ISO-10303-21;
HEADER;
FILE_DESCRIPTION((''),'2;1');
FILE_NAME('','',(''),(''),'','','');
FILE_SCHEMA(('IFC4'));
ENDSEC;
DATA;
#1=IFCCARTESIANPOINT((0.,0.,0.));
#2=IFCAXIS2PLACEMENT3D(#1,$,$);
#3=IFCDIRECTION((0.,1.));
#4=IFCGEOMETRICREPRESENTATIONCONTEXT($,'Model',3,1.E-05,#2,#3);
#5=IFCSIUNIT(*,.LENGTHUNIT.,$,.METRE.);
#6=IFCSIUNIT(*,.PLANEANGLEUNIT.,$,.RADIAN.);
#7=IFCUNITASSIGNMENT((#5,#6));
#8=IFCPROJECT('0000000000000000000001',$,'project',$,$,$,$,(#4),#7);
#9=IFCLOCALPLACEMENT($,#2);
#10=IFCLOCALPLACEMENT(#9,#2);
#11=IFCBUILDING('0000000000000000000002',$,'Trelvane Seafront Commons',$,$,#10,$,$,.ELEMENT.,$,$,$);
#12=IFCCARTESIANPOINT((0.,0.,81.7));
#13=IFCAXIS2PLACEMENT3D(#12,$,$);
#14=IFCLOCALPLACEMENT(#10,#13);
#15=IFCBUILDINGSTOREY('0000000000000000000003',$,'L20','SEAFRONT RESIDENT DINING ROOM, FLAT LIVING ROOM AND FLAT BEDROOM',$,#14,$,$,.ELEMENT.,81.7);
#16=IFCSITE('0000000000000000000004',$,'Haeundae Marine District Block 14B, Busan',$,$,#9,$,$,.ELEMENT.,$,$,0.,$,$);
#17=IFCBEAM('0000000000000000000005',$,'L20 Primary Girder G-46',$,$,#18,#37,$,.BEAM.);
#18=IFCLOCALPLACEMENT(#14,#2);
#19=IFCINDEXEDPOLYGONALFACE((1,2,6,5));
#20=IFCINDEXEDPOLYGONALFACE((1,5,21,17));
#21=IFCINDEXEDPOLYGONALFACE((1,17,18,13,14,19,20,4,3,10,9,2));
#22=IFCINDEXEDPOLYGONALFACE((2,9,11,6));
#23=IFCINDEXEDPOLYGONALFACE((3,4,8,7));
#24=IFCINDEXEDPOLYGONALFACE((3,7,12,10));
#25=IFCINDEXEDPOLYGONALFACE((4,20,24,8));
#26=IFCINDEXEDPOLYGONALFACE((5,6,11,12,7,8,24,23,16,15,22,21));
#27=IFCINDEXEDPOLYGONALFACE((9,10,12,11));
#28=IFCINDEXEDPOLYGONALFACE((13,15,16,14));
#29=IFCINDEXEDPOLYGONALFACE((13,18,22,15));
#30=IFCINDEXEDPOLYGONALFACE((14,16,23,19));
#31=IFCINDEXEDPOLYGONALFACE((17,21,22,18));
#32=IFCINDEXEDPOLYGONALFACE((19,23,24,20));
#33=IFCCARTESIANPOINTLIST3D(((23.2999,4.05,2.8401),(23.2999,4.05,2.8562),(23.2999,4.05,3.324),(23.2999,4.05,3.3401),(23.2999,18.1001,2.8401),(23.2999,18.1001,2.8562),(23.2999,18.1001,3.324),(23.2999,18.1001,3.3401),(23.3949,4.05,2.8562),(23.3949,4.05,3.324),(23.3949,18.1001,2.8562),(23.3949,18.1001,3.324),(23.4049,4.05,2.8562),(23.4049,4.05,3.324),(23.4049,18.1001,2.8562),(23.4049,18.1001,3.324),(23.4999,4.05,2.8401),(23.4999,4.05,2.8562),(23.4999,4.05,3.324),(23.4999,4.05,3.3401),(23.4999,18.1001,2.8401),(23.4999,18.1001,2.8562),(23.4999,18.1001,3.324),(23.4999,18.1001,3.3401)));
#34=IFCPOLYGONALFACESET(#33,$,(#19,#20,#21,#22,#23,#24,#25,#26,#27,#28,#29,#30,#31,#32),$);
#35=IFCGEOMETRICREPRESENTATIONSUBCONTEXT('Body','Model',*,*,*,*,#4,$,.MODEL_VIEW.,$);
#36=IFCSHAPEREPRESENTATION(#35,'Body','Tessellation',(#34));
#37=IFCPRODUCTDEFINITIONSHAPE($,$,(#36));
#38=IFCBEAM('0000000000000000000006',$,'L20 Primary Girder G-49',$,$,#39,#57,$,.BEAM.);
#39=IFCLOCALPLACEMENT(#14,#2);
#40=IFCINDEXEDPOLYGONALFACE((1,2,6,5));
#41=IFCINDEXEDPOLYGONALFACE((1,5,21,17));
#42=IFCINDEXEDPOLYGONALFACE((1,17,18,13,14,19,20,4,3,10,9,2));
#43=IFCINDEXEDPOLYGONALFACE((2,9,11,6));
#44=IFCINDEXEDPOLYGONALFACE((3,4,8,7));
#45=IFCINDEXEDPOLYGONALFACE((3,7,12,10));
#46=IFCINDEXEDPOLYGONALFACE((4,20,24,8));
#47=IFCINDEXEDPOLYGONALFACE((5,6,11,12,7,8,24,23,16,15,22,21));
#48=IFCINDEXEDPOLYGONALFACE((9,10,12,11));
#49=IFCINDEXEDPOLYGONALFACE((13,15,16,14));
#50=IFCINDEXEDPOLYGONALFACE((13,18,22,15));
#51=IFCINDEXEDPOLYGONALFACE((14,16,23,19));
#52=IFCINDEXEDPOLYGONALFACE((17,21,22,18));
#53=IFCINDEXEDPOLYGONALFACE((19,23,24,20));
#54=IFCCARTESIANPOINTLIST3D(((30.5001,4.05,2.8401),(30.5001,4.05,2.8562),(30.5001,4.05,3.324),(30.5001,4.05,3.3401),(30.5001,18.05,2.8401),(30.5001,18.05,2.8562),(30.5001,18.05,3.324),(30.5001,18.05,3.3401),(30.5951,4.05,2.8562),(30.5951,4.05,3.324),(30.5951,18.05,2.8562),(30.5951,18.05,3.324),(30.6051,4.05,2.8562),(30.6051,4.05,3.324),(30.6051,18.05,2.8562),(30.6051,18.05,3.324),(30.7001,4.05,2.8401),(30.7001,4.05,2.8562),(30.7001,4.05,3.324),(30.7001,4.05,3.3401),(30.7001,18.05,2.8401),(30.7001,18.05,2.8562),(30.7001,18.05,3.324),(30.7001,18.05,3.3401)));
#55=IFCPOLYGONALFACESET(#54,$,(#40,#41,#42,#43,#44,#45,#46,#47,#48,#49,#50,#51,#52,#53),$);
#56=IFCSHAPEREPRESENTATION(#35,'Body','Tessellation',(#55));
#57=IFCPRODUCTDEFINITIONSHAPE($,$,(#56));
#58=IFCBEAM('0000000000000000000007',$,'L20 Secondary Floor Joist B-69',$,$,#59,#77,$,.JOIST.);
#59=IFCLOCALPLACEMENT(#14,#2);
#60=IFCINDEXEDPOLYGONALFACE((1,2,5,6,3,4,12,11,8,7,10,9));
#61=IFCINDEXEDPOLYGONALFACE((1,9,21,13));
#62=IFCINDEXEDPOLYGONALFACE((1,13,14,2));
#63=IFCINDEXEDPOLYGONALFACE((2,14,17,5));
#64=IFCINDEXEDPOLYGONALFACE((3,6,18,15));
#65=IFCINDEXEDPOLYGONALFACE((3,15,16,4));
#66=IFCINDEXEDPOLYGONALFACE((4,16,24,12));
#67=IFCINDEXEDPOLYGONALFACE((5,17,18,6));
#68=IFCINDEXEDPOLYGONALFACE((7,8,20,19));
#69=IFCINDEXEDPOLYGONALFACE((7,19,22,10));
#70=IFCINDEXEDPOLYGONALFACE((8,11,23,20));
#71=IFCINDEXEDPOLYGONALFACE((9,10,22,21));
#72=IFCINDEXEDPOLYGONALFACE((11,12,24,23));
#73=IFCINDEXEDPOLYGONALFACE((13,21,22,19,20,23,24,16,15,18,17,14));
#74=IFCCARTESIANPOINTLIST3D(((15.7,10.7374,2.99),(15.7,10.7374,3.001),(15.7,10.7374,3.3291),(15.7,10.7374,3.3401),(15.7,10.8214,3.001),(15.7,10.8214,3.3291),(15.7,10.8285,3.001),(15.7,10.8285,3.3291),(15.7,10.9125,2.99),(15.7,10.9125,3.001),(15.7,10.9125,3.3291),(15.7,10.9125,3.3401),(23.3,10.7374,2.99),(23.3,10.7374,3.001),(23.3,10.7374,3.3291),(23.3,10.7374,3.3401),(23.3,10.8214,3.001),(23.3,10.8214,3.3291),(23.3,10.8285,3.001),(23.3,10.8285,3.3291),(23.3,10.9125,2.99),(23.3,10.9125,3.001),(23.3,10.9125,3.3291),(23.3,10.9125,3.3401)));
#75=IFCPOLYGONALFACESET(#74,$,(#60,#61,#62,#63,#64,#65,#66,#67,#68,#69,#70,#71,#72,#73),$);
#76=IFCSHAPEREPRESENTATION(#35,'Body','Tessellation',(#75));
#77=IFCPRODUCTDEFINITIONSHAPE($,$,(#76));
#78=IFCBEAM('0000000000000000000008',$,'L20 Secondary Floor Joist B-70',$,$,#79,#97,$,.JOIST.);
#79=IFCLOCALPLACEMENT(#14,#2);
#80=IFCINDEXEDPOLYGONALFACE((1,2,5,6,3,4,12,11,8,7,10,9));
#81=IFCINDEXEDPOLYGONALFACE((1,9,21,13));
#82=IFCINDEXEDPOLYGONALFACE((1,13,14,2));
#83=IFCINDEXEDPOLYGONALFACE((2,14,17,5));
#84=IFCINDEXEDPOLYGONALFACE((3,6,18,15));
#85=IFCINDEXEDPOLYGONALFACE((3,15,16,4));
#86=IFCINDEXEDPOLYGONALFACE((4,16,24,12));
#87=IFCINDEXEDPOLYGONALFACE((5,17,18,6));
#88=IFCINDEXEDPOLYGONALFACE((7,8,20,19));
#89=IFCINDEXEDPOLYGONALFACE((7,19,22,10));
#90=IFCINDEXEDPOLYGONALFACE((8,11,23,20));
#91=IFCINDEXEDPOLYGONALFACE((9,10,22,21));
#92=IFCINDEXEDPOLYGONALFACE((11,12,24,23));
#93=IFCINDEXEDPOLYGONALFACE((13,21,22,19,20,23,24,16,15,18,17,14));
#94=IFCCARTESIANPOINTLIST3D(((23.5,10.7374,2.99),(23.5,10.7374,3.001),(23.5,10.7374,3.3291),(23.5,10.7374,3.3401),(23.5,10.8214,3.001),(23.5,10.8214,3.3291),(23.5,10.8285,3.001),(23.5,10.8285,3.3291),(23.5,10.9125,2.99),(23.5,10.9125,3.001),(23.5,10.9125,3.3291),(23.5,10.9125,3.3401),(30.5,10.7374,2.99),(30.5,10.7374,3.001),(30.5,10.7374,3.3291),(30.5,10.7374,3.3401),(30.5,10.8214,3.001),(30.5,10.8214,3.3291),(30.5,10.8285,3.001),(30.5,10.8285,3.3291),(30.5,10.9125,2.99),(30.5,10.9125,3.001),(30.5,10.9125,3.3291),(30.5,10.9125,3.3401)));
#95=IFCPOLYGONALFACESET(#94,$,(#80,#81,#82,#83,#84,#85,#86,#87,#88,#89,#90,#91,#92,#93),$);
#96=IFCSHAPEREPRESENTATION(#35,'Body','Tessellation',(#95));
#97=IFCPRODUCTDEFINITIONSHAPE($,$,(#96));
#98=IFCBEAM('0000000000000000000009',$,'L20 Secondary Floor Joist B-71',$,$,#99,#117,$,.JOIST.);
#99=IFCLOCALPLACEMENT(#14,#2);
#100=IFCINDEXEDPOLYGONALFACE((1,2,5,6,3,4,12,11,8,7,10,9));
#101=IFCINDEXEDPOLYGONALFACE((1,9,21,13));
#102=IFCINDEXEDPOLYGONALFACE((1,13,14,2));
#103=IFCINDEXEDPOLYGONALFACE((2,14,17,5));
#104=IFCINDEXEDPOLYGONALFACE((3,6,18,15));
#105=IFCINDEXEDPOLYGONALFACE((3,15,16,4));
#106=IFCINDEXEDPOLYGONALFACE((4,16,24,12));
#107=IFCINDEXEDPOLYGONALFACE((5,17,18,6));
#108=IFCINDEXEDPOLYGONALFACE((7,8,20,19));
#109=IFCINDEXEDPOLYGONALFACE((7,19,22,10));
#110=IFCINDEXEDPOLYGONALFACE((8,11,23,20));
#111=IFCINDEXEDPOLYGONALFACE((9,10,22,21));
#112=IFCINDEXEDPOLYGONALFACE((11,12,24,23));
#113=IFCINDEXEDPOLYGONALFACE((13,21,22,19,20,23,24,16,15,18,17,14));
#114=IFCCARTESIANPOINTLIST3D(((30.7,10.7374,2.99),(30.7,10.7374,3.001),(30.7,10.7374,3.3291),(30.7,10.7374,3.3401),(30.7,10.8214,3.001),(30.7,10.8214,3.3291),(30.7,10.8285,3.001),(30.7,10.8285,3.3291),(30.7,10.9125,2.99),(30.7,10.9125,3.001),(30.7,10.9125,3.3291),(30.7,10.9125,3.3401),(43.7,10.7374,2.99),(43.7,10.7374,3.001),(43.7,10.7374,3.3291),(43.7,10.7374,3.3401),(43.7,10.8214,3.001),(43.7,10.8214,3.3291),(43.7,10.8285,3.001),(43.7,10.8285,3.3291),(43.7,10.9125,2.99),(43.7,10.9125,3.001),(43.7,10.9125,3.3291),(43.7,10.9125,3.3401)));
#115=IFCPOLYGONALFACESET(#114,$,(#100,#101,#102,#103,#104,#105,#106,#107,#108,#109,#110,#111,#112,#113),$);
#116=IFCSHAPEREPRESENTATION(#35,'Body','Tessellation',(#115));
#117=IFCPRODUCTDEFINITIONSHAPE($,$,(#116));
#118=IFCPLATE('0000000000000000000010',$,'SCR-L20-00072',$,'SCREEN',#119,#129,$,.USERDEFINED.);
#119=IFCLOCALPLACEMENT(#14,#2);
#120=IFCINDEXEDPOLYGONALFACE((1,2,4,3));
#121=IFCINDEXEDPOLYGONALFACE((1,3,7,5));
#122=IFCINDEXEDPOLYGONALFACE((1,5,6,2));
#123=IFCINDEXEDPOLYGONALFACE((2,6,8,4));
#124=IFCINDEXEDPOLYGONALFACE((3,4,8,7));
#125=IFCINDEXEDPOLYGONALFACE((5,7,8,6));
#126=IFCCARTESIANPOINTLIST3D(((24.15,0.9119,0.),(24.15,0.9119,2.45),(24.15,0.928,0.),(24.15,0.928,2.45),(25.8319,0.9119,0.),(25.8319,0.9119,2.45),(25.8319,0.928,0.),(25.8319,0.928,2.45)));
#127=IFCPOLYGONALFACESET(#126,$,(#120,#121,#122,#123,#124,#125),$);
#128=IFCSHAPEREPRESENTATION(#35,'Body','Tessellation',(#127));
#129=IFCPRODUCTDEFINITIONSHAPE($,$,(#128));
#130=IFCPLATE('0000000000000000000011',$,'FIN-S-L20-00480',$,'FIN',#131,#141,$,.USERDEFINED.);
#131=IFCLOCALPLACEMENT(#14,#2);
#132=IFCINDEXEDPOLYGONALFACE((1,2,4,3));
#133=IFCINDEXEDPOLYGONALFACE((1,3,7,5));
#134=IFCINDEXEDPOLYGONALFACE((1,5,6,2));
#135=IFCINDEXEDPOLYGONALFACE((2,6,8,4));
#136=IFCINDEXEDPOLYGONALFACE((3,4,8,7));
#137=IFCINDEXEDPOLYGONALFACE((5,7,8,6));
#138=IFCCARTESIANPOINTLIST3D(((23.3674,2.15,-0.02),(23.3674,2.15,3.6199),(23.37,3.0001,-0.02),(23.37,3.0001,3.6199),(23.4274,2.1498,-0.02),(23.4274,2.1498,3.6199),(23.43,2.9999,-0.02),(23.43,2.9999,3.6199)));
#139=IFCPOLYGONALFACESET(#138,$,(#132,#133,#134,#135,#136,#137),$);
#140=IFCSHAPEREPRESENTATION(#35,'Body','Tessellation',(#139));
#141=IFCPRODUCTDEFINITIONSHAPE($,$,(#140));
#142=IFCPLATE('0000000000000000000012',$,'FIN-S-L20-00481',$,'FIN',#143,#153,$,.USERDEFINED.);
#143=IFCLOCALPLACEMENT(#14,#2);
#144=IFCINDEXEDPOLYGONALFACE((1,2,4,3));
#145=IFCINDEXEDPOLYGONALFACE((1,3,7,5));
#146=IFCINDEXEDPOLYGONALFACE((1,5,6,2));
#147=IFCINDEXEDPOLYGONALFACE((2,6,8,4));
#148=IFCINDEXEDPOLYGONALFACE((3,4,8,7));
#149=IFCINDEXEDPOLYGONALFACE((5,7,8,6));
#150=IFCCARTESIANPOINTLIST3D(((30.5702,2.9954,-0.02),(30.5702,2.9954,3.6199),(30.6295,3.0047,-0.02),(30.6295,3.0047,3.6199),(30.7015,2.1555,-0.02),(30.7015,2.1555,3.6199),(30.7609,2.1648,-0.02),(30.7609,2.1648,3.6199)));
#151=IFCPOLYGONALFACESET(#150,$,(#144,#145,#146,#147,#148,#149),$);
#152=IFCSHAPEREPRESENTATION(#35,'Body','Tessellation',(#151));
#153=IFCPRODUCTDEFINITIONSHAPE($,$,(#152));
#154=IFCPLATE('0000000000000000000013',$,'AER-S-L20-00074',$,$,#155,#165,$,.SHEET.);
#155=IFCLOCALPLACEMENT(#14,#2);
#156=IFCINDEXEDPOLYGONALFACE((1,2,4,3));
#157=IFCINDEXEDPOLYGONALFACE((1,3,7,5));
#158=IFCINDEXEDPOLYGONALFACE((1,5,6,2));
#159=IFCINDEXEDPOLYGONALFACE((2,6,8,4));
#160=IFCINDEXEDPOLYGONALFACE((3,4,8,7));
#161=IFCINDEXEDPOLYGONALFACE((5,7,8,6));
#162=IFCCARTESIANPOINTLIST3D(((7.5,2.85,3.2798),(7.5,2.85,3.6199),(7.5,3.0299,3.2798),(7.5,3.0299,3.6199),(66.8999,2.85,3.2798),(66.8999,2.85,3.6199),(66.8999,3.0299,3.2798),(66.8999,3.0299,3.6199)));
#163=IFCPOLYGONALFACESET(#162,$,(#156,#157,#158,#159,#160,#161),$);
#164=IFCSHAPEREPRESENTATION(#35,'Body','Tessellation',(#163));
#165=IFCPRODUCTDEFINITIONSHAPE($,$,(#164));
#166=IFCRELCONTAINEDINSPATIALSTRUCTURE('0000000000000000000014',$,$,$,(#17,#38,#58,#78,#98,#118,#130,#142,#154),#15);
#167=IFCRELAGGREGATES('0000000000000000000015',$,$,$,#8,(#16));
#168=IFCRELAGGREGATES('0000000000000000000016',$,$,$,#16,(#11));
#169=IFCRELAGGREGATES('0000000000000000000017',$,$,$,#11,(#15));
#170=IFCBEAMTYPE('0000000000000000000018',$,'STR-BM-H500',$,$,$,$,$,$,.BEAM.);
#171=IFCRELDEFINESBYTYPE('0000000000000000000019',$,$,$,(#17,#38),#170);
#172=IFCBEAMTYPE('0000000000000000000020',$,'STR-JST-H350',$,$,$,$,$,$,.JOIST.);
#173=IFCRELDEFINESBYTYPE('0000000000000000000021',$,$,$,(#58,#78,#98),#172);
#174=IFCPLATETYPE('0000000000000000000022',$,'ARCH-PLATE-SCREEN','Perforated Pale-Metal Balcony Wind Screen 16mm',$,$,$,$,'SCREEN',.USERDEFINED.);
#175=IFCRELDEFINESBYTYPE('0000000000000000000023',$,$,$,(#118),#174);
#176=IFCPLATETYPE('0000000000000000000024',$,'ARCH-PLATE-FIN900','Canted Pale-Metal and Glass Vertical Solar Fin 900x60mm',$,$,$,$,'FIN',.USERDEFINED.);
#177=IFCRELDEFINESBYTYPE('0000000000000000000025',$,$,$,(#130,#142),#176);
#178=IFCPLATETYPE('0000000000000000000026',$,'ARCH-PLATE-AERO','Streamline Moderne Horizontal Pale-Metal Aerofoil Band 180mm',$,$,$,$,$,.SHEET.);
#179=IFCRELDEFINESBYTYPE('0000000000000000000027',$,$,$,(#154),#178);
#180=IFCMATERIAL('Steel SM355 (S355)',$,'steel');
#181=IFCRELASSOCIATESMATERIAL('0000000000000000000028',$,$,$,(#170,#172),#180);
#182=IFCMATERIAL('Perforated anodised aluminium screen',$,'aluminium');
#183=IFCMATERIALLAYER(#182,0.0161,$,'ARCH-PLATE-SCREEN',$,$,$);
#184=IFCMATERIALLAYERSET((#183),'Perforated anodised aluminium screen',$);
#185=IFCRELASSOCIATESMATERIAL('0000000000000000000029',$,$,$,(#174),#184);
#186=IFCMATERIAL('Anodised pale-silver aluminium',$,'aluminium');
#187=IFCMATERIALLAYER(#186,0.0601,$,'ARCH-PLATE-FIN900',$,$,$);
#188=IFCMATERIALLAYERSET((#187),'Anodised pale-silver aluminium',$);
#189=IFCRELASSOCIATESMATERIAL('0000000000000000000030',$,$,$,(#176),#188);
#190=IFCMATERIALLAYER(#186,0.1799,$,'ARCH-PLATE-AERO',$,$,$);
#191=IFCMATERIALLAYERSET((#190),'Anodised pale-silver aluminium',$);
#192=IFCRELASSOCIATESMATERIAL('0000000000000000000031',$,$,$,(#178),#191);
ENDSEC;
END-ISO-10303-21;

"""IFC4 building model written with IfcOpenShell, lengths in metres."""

from ifc_helpers import new_model, si_unit, direction, frame, origin, origin_2d, place, context, subcontext, project, spatial, rectangle, i_section, extrude, source, transform, mapped, material, layer, layer_set, material_profile, profile_set, type_object, element, save


model = new_model("IFC4")

# Units and contexts
model_context = context("Model", 3, precision=1e-05, world=origin(), true_north=direction((0.0, 1.0)))
body_context = subcontext(model_context, "Body", "Model", "MODEL_VIEW")
ifc_project = project(units=[si_unit("LENGTHUNIT", "METRE"), si_unit("PLANEANGLEUNIT", "RADIAN")], contexts=[model_context])

# Site, building, storey
site_placement = place(None, origin())
site = spatial("IfcSite", under=ifc_project, at=site_placement, Name="Haeundae Marine District Block 14B, Busan", CompositionType="ELEMENT", RefElevation=0.0)
building_placement = place(site_placement, origin())
building = spatial("IfcBuilding", under=site, at=building_placement, Name="Trelvane Seafront Commons", CompositionType="ELEMENT")
storey_placement = place(building_placement, frame((0.0, 0.0, 81.7)))
storey = spatial("IfcBuildingStorey", under=building, at=storey_placement, Name="L20", Description="SEAFRONT RESIDENT DINING ROOM, FLAT LIVING ROOM AND FLAT BEDROOM", CompositionType="ELEMENT", Elevation=81.7)

# Shared definitions
ifc_material_1 = material(Name="Steel SM355 (S355)", Category="steel")

# Beams
ifc_material_profile_1 = material_profile(ifc_material_1, i_section(OverallWidth=0.2, OverallDepth=0.5, WebThickness=0.01, FlangeThickness=0.0161, at=origin_2d()), Name="H-500x200x10x16")
ifc_profile_set_1 = profile_set([ifc_material_profile_1], Name="Steel SM355 (S355)")
beam_type_1 = type_object("IfcBeamType", Name="STR-BM-H500", PredefinedType="BEAM", material=ifc_profile_set_1)
shared_shape_1 = source(origin(), body_context, "Body", "SweptSolid", [
    extrude(i_section(OverallWidth=0.2, OverallDepth=0.5, WebThickness=0.01, FlangeThickness=0.0161, at=origin_2d()), origin(), (0.0, 0.0, 1.0), 14.05),
])
beam_1_placement = place(storey_placement, frame((23.3999, 4.05, 3.0901), z_axis=(0.0, 1.0, 0.0), x_axis=(-1.0, 0.0, 0.0)))
element("IfcBeam", 1, at=beam_1_placement, inside=storey, type_object=beam_type_1, Name="L20 Primary Girder G-46", PredefinedType="BEAM", context=body_context, shape_type="MappedRepresentation", body=[
    mapped(shared_shape_1, transform((0.0, 0.0, 0.0), x_axis=(1.0, 0.0, 0.0), y_axis=(0.0, 1.0, 0.0), z_axis=(0.0, 0.0, 1.0), scale=1.0)),
])
shared_shape_2 = source(origin(), body_context, "Body", "SweptSolid", [
    extrude(i_section(OverallWidth=0.2, OverallDepth=0.5, WebThickness=0.01, FlangeThickness=0.0161, at=origin_2d()), origin(), (0.0, 0.0, 1.0), 14.0),
])
beam_2_placement = place(storey_placement, frame((30.6001, 4.05, 3.0901), z_axis=(0.0, 1.0, 0.0), x_axis=(-1.0, 0.0, 0.0)))
element("IfcBeam", 2, at=beam_2_placement, inside=storey, type_object=beam_type_1, Name="L20 Primary Girder G-49", PredefinedType="BEAM", context=body_context, shape_type="MappedRepresentation", body=[
    mapped(shared_shape_2, transform((0.0, 0.0, 0.0), x_axis=(1.0, 0.0, 0.0), y_axis=(0.0, 1.0, 0.0), z_axis=(0.0, 0.0, 1.0), scale=1.0)),
])
ifc_material_profile_2 = material_profile(ifc_material_1, i_section(OverallWidth=0.175, OverallDepth=0.3501, WebThickness=0.0071, FlangeThickness=0.011, at=origin_2d()), Name="H-350x175x7x11")
ifc_profile_set_2 = profile_set([ifc_material_profile_2], Name="Steel SM355 (S355)")
beam_type_2 = type_object("IfcBeamType", Name="STR-JST-H350", PredefinedType="JOIST", material=ifc_profile_set_2)
shared_shape_3 = source(origin(), body_context, "Body", "SweptSolid", [
    extrude(i_section(OverallWidth=0.175, OverallDepth=0.3501, WebThickness=0.0071, FlangeThickness=0.011, at=origin_2d()), origin(), (0.0, 0.0, 1.0), 7.6001),
])
beam_3_placement = place(storey_placement, frame((15.7, 10.825, 3.165), z_axis=(1.0, 0.0, 0.0), x_axis=(0.0, 1.0, 0.0)))
element("IfcBeam", 3, at=beam_3_placement, inside=storey, type_object=beam_type_2, Name="L20 Secondary Floor Joist B-69", PredefinedType="JOIST", context=body_context, shape_type="MappedRepresentation", body=[
    mapped(shared_shape_3, transform((0.0, 0.0, 0.0), x_axis=(1.0, 0.0, 0.0), y_axis=(0.0, 1.0, 0.0), z_axis=(0.0, 0.0, 1.0), scale=1.0)),
])
shared_shape_4 = source(origin(), body_context, "Body", "SweptSolid", [
    extrude(i_section(OverallWidth=0.175, OverallDepth=0.3501, WebThickness=0.0071, FlangeThickness=0.011, at=origin_2d()), origin(), (0.0, 0.0, 1.0), 7.0),
])
beam_4_placement = place(storey_placement, frame((23.5, 10.825, 3.165), z_axis=(1.0, 0.0, 0.0), x_axis=(0.0, 1.0, 0.0)))
element("IfcBeam", 4, at=beam_4_placement, inside=storey, type_object=beam_type_2, Name="L20 Secondary Floor Joist B-70", PredefinedType="JOIST", context=body_context, shape_type="MappedRepresentation", body=[
    mapped(shared_shape_4, transform((0.0, 0.0, 0.0), x_axis=(1.0, 0.0, 0.0), y_axis=(0.0, 1.0, 0.0), z_axis=(0.0, 0.0, 1.0), scale=1.0)),
])
shared_shape_5 = source(origin(), body_context, "Body", "SweptSolid", [
    extrude(i_section(OverallWidth=0.175, OverallDepth=0.3501, WebThickness=0.0071, FlangeThickness=0.011, at=origin_2d()), origin(), (0.0, 0.0, 1.0), 13.0),
])
beam_5_placement = place(storey_placement, frame((30.7, 10.825, 3.165), z_axis=(1.0, 0.0, 0.0), x_axis=(0.0, 1.0, 0.0)))
element("IfcBeam", 5, at=beam_5_placement, inside=storey, type_object=beam_type_2, Name="L20 Secondary Floor Joist B-71", PredefinedType="JOIST", context=body_context, shape_type="MappedRepresentation", body=[
    mapped(shared_shape_5, transform((0.0, 0.0, 0.0), x_axis=(1.0, 0.0, 0.0), y_axis=(0.0, 1.0, 0.0), z_axis=(0.0, 0.0, 1.0), scale=1.0)),
])

# Plates
ifc_material_2 = material(Name="Perforated anodised aluminium screen", Category="aluminium")
ifc_layer_1 = layer(ifc_material_2, 0.0161, Name="ARCH-PLATE-SCREEN")
ifc_layer_set_1 = layer_set([ifc_layer_1], Name="Perforated anodised aluminium screen")
plate_type_1 = type_object("IfcPlateType", Name="ARCH-PLATE-SCREEN", Description="Perforated Pale-Metal Balcony Wind Screen 16mm", ElementType="SCREEN", PredefinedType="USERDEFINED", material=ifc_layer_set_1)
shared_shape_6 = source(origin(), body_context, "Body", "SweptSolid", [
    extrude(rectangle(XDim=1.6819, YDim=0.0161, at=origin_2d()), origin(), (0.0, 0.0, 1.0), 2.45),
])
plate_1_placement = place(storey_placement, frame((24.991, 0.9199, 0.0), z_axis=(0.0, 0.0, 1.0), x_axis=(1.0, 0.0, 0.0)))
element("IfcPlate", 6, at=plate_1_placement, inside=storey, type_object=plate_type_1, Name="SCR-L20-00072", ObjectType="SCREEN", PredefinedType="USERDEFINED", context=body_context, shape_type="MappedRepresentation", body=[
    mapped(shared_shape_6, transform((0.0, 0.0, 0.0), x_axis=(1.0, 0.0, 0.0), y_axis=(0.0, 1.0, 0.0), z_axis=(0.0, 0.0, 1.0), scale=1.0)),
])
ifc_material_3 = material(Name="Anodised pale-silver aluminium", Category="aluminium")
ifc_layer_2 = layer(ifc_material_3, 0.0601, Name="ARCH-PLATE-FIN900")
ifc_layer_set_2 = layer_set([ifc_layer_2], Name="Anodised pale-silver aluminium")
plate_type_2 = type_object("IfcPlateType", Name="ARCH-PLATE-FIN900", Description="Canted Pale-Metal and Glass Vertical Solar Fin 900x60mm", ElementType="FIN", PredefinedType="USERDEFINED", material=ifc_layer_set_2)
shared_shape_7 = source(origin(), body_context, "Body", "SweptSolid", [
    extrude(rectangle(XDim=0.8501, YDim=0.0601, at=origin_2d()), origin(), (0.0, 0.0, 1.0), 3.6399),
])
for number, where, z_axis, x_axis, name in (
    (7, (23.3987, 2.575, -0.02), (0.0, 0.0, 1.0), (-0.00306, -0.999995, 0.0), "FIN-S-L20-00480"),
    (8, (30.6655, 2.5801, -0.02), (0.0, 0.0, 1.0), (0.154471, -0.987997, 0.0), "FIN-S-L20-00481"),
):
    element("IfcPlate", number, at=place(storey_placement, frame(where, z_axis=z_axis, x_axis=x_axis)), inside=storey, type_object=plate_type_2, Name=name, ObjectType="FIN", PredefinedType="USERDEFINED", context=body_context, shape_type="MappedRepresentation", body=[
        mapped(shared_shape_7, transform((0.0, 0.0, 0.0), x_axis=(1.0, 0.0, 0.0), y_axis=(0.0, 1.0, 0.0), z_axis=(0.0, 0.0, 1.0), scale=1.0)),
    ])
ifc_layer_3 = layer(ifc_material_3, 0.1799, Name="ARCH-PLATE-AERO")
ifc_layer_set_3 = layer_set([ifc_layer_3], Name="Anodised pale-silver aluminium")
plate_type_3 = type_object("IfcPlateType", Name="ARCH-PLATE-AERO", Description="Streamline Moderne Horizontal Pale-Metal Aerofoil Band 180mm", PredefinedType="SHEET", material=ifc_layer_set_3)
shared_shape_8 = source(origin(), body_context, "Body", "SweptSolid", [
    extrude(rectangle(XDim=59.3999, YDim=0.1799, at=origin_2d()), origin(), (0.0, 0.0, 1.0), 0.3401),
])
plate_2_placement = place(storey_placement, frame((37.2, 2.9399, 3.2798), z_axis=(0.0, 0.0, 1.0), x_axis=(-1.0, 0.0, 0.0)))
element("IfcPlate", 9, at=plate_2_placement, inside=storey, type_object=plate_type_3, Name="AER-S-L20-00074", PredefinedType="SHEET", context=body_context, shape_type="MappedRepresentation", body=[
    mapped(shared_shape_8, transform((0.0, 0.0, 0.0), x_axis=(1.0, 0.0, 0.0), y_axis=(0.0, 1.0, 0.0), z_axis=(0.0, 0.0, 1.0), scale=1.0)),
])

save(model, "model.ifc")
